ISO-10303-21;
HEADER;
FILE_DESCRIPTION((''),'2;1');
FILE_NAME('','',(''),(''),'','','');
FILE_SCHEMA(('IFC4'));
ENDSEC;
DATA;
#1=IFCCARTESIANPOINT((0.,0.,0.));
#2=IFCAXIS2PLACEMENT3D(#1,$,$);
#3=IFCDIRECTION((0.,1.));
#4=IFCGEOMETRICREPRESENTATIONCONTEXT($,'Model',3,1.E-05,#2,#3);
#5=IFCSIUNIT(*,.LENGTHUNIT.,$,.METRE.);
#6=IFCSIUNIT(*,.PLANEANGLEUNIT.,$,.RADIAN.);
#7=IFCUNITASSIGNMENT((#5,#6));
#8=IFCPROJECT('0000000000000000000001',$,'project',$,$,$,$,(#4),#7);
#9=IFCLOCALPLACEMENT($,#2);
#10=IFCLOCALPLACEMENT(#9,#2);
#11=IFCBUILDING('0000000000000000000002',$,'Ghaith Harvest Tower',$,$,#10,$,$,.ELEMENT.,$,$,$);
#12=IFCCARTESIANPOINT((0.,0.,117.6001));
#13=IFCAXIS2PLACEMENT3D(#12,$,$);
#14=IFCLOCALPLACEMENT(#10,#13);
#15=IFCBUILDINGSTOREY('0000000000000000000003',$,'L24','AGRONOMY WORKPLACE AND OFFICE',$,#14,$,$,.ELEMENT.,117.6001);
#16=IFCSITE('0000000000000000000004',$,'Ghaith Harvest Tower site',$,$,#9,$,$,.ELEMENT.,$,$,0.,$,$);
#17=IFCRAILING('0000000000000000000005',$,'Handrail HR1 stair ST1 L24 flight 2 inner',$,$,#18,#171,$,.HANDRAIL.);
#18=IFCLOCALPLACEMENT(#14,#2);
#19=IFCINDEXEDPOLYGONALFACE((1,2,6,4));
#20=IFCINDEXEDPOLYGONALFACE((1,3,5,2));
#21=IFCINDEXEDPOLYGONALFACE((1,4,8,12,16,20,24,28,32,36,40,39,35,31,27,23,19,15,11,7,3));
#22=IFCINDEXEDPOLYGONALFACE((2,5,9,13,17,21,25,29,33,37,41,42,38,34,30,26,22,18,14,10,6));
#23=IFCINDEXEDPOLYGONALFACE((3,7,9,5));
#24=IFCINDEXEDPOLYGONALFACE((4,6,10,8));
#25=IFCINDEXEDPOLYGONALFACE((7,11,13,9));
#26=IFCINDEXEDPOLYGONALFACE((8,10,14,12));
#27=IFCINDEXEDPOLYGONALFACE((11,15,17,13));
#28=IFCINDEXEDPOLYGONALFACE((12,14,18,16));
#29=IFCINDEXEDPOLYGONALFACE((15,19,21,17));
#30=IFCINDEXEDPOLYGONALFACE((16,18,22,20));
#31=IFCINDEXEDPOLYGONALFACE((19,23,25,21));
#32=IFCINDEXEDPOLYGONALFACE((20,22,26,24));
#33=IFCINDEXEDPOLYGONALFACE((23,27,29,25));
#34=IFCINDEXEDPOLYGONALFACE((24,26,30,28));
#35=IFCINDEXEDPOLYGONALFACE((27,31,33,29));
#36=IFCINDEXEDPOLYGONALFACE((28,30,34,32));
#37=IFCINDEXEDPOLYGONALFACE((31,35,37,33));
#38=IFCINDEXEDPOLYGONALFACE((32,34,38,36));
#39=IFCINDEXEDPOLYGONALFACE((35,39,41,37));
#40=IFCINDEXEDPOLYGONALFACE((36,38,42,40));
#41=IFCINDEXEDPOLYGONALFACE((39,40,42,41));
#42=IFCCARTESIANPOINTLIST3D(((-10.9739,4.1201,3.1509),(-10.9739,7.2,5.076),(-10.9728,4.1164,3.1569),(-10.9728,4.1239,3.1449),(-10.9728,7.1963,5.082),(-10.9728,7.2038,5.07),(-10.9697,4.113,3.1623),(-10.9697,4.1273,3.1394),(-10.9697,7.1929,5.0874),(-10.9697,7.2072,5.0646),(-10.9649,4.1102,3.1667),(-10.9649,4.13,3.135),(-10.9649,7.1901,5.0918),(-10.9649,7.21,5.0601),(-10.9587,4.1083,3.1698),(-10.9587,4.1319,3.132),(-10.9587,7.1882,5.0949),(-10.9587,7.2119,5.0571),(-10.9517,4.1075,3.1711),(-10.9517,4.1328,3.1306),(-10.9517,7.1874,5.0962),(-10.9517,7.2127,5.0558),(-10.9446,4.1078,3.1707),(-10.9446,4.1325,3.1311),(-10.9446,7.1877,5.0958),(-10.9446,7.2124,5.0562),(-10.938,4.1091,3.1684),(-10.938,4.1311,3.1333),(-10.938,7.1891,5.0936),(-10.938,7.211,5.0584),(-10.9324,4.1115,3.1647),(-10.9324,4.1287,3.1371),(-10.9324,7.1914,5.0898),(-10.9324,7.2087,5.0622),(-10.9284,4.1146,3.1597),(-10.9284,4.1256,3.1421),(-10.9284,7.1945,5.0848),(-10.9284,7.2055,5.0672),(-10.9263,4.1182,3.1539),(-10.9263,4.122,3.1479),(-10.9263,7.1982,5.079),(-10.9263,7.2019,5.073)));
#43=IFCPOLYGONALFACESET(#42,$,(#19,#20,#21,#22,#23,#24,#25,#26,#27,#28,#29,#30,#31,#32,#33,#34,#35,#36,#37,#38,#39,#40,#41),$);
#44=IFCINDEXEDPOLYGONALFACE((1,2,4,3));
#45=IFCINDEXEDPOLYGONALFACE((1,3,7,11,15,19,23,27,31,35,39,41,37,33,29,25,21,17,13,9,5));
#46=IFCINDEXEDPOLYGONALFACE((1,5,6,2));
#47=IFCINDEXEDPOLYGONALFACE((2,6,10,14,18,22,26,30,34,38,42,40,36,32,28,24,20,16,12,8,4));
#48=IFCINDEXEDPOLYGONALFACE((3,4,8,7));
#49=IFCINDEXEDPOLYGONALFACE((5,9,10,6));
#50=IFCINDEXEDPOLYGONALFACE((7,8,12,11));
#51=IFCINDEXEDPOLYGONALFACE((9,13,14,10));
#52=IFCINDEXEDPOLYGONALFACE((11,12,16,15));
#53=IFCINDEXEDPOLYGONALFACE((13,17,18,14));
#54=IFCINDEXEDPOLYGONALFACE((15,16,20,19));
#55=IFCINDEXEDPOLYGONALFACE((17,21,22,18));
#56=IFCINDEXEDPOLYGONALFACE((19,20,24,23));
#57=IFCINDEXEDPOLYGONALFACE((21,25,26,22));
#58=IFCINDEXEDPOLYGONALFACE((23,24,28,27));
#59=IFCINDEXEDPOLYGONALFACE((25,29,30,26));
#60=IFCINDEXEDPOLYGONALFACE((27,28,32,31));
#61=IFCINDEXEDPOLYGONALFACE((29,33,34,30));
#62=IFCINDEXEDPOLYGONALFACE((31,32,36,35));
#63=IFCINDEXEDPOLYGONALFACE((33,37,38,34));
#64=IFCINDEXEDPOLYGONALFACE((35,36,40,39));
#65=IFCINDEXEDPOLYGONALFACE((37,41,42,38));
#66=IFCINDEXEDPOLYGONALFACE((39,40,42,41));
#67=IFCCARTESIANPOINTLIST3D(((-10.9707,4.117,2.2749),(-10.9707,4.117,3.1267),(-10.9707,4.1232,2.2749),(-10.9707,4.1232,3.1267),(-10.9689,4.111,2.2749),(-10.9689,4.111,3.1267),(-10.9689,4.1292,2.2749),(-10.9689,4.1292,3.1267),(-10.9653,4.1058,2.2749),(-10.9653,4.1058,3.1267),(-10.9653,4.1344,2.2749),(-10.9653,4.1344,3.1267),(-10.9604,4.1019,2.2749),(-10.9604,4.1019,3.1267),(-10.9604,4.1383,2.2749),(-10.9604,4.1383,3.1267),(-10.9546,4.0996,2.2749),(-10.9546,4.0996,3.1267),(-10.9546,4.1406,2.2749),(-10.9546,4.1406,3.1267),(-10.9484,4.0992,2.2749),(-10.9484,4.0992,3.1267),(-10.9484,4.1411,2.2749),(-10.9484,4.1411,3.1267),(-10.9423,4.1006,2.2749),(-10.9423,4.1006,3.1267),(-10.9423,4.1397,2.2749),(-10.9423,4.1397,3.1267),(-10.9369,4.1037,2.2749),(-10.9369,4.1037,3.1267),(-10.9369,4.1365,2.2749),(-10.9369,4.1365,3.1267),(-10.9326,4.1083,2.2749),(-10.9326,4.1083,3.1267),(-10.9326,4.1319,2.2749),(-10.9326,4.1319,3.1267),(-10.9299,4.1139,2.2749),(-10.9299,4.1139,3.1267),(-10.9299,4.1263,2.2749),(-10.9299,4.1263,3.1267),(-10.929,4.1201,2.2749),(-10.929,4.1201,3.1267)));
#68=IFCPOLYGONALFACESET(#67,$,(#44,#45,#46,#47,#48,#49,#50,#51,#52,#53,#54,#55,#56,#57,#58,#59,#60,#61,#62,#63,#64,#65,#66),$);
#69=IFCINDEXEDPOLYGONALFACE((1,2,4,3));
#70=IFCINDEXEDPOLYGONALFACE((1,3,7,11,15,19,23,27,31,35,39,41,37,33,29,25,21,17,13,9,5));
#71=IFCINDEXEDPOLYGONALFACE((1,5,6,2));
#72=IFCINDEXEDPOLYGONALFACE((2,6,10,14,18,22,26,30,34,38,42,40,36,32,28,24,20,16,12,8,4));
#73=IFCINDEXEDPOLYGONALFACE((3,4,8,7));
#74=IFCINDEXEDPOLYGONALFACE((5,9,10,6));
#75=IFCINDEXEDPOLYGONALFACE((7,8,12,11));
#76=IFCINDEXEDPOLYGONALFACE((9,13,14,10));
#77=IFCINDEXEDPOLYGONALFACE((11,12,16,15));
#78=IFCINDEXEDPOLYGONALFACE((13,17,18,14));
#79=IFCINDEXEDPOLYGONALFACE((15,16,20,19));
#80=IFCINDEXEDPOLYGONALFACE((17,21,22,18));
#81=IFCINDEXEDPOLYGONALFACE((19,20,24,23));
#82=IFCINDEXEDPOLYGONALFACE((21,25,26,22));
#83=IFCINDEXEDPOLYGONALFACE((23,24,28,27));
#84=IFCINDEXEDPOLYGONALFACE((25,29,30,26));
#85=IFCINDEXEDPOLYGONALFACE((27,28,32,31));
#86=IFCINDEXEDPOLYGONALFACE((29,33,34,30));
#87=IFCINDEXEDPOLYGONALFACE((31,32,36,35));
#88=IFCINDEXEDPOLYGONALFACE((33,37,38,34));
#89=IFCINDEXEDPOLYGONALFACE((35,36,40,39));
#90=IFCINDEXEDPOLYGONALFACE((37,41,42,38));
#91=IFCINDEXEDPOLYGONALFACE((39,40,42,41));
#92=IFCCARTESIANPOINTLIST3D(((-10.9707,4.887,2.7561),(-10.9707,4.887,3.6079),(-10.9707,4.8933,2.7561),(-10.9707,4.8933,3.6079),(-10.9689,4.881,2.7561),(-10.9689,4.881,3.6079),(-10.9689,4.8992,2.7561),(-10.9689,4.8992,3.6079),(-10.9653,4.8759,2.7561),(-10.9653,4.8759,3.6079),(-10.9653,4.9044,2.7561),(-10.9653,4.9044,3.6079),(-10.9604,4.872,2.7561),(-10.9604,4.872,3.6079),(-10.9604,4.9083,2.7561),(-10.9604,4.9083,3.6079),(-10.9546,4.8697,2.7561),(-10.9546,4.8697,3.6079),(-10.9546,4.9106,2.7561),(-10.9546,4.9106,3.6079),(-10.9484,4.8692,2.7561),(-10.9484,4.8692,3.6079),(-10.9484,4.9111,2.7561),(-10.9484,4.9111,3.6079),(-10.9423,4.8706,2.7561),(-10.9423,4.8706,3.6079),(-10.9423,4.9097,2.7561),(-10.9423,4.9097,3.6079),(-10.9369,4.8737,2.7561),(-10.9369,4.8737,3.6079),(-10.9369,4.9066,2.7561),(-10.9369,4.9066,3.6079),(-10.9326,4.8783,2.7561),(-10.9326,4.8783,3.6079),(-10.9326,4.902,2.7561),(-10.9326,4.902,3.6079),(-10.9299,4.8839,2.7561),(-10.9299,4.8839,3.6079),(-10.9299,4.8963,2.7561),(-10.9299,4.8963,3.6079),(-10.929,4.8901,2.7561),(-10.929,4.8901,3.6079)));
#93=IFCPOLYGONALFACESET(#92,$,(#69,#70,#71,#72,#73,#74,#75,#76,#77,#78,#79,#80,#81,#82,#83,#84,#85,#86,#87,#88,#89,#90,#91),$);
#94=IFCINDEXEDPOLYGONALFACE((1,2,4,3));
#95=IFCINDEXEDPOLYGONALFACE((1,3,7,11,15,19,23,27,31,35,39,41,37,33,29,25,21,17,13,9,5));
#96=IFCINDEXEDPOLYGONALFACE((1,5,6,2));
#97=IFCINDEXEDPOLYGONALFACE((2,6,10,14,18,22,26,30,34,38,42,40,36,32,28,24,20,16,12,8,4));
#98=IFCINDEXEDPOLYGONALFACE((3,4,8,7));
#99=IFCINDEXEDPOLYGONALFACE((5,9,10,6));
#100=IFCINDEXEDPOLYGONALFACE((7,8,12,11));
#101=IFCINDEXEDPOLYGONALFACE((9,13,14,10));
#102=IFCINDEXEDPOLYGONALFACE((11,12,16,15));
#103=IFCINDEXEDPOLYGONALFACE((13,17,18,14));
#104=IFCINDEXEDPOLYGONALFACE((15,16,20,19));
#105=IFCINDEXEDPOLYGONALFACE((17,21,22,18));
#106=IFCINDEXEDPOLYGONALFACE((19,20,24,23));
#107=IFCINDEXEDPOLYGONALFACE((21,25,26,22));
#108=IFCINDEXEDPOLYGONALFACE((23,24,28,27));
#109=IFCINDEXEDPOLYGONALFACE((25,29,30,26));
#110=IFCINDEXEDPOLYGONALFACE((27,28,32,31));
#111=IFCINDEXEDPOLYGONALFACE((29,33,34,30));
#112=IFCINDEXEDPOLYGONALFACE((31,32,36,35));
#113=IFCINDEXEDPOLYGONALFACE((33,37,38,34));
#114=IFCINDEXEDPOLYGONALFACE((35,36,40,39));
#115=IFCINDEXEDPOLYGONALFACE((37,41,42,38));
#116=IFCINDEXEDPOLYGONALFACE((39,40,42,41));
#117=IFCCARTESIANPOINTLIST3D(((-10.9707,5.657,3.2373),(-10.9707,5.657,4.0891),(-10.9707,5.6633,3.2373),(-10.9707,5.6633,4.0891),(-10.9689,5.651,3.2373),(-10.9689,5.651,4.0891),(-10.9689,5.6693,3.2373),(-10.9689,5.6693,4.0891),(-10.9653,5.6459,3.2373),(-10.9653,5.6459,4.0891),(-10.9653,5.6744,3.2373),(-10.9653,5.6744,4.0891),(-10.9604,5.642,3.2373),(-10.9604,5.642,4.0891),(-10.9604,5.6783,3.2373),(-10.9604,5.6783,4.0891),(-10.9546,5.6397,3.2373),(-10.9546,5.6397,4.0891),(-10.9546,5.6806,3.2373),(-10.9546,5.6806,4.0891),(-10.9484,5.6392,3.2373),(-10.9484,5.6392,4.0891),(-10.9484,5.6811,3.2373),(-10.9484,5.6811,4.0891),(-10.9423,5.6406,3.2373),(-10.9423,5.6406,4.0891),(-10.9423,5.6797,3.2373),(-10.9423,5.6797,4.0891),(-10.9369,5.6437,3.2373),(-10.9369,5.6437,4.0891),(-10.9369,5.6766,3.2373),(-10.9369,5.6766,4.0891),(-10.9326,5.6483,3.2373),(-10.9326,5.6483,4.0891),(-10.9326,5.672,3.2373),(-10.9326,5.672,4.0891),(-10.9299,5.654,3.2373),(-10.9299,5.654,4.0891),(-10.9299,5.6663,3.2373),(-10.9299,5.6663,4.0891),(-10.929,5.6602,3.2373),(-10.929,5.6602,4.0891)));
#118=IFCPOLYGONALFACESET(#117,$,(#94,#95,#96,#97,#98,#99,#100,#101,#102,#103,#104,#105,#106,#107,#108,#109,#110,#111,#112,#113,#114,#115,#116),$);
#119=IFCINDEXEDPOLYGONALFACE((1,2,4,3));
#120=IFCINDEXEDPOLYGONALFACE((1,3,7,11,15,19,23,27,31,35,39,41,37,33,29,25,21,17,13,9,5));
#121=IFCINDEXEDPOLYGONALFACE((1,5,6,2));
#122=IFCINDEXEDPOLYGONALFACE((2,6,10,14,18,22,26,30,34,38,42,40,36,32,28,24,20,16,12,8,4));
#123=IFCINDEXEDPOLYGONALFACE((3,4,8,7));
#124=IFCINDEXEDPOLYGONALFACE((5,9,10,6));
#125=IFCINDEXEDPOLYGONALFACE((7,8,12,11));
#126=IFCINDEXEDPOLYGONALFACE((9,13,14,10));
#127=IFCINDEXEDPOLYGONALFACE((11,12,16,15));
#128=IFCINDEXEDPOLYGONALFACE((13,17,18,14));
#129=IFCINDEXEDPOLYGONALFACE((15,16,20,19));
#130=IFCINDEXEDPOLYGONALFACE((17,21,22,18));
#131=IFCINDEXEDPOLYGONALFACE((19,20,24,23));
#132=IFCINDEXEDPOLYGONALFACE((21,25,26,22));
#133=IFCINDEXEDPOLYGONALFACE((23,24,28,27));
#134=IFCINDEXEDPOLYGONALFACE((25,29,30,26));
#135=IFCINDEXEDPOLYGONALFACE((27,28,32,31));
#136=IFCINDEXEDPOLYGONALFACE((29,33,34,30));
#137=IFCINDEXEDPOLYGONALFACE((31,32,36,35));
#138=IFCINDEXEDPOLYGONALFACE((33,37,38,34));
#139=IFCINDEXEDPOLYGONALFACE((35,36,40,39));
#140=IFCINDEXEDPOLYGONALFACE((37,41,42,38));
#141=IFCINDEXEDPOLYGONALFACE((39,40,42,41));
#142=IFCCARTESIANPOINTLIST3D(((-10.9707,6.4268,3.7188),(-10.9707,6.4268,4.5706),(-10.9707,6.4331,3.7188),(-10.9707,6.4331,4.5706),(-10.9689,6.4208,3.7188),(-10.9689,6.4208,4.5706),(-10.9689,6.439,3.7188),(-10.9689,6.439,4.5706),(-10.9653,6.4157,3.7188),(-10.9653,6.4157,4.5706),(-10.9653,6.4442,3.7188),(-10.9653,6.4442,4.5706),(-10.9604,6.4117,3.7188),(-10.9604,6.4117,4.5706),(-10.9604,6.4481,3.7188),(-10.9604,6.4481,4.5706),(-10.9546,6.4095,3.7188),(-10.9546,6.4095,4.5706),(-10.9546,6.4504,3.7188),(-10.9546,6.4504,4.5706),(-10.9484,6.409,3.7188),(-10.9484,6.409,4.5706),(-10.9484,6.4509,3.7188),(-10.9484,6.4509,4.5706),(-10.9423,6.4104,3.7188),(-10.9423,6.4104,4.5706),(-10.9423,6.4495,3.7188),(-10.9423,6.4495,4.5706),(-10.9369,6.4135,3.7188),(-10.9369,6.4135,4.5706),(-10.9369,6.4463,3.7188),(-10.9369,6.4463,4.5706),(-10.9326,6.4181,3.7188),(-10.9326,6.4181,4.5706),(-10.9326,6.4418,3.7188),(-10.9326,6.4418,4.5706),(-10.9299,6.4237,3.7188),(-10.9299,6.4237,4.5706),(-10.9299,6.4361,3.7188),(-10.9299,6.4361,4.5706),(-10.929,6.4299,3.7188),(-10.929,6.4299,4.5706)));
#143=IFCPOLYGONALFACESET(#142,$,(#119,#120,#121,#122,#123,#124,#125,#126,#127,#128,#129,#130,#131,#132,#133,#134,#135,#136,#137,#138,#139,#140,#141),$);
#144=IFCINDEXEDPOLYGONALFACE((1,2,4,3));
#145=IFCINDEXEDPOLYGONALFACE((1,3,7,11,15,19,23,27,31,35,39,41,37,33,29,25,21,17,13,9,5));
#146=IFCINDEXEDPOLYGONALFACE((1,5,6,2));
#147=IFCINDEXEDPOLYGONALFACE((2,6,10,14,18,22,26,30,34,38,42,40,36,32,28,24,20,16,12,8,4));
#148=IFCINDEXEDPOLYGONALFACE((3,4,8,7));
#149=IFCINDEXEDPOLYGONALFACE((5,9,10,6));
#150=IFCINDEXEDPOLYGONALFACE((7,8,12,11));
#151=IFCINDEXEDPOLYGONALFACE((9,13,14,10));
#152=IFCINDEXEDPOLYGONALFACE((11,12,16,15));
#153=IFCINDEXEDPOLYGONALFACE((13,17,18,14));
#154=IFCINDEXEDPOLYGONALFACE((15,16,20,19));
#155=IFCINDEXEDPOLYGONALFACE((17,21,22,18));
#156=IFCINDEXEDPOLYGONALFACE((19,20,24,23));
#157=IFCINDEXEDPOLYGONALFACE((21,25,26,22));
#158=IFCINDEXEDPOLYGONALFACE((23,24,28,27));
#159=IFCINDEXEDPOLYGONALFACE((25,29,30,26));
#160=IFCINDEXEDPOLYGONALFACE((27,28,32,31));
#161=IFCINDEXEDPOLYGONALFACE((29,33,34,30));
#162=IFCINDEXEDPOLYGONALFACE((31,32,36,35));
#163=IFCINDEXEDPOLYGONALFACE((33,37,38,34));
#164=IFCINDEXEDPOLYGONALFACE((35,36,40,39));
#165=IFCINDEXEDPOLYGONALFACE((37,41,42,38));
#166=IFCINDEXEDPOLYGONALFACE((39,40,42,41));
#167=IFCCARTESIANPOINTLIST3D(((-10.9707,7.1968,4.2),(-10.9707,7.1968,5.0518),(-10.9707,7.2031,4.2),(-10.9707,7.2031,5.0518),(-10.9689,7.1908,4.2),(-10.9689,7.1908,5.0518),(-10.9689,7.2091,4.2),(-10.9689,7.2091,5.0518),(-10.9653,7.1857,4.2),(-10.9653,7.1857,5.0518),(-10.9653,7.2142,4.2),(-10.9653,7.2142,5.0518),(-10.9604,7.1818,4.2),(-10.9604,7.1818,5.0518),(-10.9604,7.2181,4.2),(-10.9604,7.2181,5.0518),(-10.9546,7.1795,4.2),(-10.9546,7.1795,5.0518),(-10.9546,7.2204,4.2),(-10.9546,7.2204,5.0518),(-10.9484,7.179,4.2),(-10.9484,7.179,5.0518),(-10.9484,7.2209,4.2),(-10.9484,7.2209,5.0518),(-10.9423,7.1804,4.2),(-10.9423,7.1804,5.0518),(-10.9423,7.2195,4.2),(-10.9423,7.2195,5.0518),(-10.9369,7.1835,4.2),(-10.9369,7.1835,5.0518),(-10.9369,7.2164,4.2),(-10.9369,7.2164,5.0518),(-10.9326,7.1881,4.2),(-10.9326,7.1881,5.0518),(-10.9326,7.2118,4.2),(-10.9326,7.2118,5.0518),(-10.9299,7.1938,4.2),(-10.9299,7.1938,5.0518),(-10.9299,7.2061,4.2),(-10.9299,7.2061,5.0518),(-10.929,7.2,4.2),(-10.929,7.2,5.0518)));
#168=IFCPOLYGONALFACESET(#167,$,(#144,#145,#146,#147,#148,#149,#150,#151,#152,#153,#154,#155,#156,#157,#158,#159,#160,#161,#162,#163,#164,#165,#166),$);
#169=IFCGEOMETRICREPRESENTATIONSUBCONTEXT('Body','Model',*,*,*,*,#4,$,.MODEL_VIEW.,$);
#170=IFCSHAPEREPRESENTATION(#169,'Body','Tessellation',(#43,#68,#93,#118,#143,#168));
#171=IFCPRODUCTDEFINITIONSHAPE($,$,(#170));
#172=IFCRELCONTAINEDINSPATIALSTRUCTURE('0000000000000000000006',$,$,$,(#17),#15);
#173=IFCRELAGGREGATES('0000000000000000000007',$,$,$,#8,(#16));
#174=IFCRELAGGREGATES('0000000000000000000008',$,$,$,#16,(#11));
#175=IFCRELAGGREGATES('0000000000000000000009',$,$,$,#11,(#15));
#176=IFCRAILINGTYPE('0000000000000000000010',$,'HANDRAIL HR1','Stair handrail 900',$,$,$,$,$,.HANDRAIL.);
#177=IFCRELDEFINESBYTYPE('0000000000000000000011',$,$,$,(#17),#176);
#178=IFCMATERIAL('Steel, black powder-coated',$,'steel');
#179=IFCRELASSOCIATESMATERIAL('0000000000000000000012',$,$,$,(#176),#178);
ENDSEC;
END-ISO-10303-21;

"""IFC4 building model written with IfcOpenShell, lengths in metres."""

from ifc_helpers import new_model, si_unit, direction, frame, origin, origin_2d, place, context, subcontext, project, spatial, circle, extrude, material, type_object, element, save


model = new_model("IFC4")

# Units and contexts
model_context = context("Model", 3, precision=1e-05, world=origin(), true_north=direction((0.0, 1.0)))
body_context = subcontext(model_context, "Body", "Model", "MODEL_VIEW")
ifc_project = project(units=[si_unit("LENGTHUNIT", "METRE"), si_unit("PLANEANGLEUNIT", "RADIAN")], contexts=[model_context])

# Site, building, storey
site_placement = place(None, origin())
site = spatial("IfcSite", under=ifc_project, at=site_placement, Name="Ghaith Harvest Tower site", CompositionType="ELEMENT", RefElevation=0.0)
building_placement = place(site_placement, origin())
building = spatial("IfcBuilding", under=site, at=building_placement, Name="Ghaith Harvest Tower", CompositionType="ELEMENT")
storey_placement = place(building_placement, frame((0.0, 0.0, 117.6001)))
storey = spatial("IfcBuildingStorey", under=building, at=storey_placement, Name="L24", Description="AGRONOMY WORKPLACE AND OFFICE", CompositionType="ELEMENT", Elevation=117.6001)

# Railing
ifc_material_1 = material(Name="Steel, black powder-coated", Category="steel")
railing_type = type_object("IfcRailingType", Name="HANDRAIL HR1", Description="Stair handrail 900", PredefinedType="HANDRAIL", material=ifc_material_1)
railing_1_placement = place(storey_placement, frame((-10.95, 4.1201, 2.2749)))
element("IfcRailing", 1, at=railing_1_placement, inside=storey, type_object=railing_type, Name="Handrail HR1 stair ST1 L24 flight 2 inner", PredefinedType="HANDRAIL", context=body_context, shape_type="SweptSolid", body=[
    extrude(circle(Radius=0.0239, at=origin_2d()), frame((0.0, 0.0, 0.876), z_axis=(0.0, 0.847979, 0.530029), x_axis=(-1.0, 0.0, 0.0)), (0.0, 0.0, 1.0), 3.6321),
    extrude(circle(Radius=0.021, at=origin_2d()), origin(), (0.0, 0.0, 1.0), 0.8518),
    extrude(circle(Radius=0.021, at=origin_2d()), frame((0.0, 0.77, 0.4812)), (0.0, 0.0, 1.0), 0.8518),
    extrude(circle(Radius=0.021, at=origin_2d()), frame((0.0, 1.54, 0.9624)), (0.0, 0.0, 1.0), 0.8518),
    extrude(circle(Radius=0.021, at=origin_2d()), frame((0.0, 2.3098, 1.4438)), (0.0, 0.0, 1.0), 0.8518),
    extrude(circle(Radius=0.021, at=origin_2d()), frame((0.0, 3.0798, 1.925)), (0.0, 0.0, 1.0), 0.8518),
])

save(model, "model.ifc")
